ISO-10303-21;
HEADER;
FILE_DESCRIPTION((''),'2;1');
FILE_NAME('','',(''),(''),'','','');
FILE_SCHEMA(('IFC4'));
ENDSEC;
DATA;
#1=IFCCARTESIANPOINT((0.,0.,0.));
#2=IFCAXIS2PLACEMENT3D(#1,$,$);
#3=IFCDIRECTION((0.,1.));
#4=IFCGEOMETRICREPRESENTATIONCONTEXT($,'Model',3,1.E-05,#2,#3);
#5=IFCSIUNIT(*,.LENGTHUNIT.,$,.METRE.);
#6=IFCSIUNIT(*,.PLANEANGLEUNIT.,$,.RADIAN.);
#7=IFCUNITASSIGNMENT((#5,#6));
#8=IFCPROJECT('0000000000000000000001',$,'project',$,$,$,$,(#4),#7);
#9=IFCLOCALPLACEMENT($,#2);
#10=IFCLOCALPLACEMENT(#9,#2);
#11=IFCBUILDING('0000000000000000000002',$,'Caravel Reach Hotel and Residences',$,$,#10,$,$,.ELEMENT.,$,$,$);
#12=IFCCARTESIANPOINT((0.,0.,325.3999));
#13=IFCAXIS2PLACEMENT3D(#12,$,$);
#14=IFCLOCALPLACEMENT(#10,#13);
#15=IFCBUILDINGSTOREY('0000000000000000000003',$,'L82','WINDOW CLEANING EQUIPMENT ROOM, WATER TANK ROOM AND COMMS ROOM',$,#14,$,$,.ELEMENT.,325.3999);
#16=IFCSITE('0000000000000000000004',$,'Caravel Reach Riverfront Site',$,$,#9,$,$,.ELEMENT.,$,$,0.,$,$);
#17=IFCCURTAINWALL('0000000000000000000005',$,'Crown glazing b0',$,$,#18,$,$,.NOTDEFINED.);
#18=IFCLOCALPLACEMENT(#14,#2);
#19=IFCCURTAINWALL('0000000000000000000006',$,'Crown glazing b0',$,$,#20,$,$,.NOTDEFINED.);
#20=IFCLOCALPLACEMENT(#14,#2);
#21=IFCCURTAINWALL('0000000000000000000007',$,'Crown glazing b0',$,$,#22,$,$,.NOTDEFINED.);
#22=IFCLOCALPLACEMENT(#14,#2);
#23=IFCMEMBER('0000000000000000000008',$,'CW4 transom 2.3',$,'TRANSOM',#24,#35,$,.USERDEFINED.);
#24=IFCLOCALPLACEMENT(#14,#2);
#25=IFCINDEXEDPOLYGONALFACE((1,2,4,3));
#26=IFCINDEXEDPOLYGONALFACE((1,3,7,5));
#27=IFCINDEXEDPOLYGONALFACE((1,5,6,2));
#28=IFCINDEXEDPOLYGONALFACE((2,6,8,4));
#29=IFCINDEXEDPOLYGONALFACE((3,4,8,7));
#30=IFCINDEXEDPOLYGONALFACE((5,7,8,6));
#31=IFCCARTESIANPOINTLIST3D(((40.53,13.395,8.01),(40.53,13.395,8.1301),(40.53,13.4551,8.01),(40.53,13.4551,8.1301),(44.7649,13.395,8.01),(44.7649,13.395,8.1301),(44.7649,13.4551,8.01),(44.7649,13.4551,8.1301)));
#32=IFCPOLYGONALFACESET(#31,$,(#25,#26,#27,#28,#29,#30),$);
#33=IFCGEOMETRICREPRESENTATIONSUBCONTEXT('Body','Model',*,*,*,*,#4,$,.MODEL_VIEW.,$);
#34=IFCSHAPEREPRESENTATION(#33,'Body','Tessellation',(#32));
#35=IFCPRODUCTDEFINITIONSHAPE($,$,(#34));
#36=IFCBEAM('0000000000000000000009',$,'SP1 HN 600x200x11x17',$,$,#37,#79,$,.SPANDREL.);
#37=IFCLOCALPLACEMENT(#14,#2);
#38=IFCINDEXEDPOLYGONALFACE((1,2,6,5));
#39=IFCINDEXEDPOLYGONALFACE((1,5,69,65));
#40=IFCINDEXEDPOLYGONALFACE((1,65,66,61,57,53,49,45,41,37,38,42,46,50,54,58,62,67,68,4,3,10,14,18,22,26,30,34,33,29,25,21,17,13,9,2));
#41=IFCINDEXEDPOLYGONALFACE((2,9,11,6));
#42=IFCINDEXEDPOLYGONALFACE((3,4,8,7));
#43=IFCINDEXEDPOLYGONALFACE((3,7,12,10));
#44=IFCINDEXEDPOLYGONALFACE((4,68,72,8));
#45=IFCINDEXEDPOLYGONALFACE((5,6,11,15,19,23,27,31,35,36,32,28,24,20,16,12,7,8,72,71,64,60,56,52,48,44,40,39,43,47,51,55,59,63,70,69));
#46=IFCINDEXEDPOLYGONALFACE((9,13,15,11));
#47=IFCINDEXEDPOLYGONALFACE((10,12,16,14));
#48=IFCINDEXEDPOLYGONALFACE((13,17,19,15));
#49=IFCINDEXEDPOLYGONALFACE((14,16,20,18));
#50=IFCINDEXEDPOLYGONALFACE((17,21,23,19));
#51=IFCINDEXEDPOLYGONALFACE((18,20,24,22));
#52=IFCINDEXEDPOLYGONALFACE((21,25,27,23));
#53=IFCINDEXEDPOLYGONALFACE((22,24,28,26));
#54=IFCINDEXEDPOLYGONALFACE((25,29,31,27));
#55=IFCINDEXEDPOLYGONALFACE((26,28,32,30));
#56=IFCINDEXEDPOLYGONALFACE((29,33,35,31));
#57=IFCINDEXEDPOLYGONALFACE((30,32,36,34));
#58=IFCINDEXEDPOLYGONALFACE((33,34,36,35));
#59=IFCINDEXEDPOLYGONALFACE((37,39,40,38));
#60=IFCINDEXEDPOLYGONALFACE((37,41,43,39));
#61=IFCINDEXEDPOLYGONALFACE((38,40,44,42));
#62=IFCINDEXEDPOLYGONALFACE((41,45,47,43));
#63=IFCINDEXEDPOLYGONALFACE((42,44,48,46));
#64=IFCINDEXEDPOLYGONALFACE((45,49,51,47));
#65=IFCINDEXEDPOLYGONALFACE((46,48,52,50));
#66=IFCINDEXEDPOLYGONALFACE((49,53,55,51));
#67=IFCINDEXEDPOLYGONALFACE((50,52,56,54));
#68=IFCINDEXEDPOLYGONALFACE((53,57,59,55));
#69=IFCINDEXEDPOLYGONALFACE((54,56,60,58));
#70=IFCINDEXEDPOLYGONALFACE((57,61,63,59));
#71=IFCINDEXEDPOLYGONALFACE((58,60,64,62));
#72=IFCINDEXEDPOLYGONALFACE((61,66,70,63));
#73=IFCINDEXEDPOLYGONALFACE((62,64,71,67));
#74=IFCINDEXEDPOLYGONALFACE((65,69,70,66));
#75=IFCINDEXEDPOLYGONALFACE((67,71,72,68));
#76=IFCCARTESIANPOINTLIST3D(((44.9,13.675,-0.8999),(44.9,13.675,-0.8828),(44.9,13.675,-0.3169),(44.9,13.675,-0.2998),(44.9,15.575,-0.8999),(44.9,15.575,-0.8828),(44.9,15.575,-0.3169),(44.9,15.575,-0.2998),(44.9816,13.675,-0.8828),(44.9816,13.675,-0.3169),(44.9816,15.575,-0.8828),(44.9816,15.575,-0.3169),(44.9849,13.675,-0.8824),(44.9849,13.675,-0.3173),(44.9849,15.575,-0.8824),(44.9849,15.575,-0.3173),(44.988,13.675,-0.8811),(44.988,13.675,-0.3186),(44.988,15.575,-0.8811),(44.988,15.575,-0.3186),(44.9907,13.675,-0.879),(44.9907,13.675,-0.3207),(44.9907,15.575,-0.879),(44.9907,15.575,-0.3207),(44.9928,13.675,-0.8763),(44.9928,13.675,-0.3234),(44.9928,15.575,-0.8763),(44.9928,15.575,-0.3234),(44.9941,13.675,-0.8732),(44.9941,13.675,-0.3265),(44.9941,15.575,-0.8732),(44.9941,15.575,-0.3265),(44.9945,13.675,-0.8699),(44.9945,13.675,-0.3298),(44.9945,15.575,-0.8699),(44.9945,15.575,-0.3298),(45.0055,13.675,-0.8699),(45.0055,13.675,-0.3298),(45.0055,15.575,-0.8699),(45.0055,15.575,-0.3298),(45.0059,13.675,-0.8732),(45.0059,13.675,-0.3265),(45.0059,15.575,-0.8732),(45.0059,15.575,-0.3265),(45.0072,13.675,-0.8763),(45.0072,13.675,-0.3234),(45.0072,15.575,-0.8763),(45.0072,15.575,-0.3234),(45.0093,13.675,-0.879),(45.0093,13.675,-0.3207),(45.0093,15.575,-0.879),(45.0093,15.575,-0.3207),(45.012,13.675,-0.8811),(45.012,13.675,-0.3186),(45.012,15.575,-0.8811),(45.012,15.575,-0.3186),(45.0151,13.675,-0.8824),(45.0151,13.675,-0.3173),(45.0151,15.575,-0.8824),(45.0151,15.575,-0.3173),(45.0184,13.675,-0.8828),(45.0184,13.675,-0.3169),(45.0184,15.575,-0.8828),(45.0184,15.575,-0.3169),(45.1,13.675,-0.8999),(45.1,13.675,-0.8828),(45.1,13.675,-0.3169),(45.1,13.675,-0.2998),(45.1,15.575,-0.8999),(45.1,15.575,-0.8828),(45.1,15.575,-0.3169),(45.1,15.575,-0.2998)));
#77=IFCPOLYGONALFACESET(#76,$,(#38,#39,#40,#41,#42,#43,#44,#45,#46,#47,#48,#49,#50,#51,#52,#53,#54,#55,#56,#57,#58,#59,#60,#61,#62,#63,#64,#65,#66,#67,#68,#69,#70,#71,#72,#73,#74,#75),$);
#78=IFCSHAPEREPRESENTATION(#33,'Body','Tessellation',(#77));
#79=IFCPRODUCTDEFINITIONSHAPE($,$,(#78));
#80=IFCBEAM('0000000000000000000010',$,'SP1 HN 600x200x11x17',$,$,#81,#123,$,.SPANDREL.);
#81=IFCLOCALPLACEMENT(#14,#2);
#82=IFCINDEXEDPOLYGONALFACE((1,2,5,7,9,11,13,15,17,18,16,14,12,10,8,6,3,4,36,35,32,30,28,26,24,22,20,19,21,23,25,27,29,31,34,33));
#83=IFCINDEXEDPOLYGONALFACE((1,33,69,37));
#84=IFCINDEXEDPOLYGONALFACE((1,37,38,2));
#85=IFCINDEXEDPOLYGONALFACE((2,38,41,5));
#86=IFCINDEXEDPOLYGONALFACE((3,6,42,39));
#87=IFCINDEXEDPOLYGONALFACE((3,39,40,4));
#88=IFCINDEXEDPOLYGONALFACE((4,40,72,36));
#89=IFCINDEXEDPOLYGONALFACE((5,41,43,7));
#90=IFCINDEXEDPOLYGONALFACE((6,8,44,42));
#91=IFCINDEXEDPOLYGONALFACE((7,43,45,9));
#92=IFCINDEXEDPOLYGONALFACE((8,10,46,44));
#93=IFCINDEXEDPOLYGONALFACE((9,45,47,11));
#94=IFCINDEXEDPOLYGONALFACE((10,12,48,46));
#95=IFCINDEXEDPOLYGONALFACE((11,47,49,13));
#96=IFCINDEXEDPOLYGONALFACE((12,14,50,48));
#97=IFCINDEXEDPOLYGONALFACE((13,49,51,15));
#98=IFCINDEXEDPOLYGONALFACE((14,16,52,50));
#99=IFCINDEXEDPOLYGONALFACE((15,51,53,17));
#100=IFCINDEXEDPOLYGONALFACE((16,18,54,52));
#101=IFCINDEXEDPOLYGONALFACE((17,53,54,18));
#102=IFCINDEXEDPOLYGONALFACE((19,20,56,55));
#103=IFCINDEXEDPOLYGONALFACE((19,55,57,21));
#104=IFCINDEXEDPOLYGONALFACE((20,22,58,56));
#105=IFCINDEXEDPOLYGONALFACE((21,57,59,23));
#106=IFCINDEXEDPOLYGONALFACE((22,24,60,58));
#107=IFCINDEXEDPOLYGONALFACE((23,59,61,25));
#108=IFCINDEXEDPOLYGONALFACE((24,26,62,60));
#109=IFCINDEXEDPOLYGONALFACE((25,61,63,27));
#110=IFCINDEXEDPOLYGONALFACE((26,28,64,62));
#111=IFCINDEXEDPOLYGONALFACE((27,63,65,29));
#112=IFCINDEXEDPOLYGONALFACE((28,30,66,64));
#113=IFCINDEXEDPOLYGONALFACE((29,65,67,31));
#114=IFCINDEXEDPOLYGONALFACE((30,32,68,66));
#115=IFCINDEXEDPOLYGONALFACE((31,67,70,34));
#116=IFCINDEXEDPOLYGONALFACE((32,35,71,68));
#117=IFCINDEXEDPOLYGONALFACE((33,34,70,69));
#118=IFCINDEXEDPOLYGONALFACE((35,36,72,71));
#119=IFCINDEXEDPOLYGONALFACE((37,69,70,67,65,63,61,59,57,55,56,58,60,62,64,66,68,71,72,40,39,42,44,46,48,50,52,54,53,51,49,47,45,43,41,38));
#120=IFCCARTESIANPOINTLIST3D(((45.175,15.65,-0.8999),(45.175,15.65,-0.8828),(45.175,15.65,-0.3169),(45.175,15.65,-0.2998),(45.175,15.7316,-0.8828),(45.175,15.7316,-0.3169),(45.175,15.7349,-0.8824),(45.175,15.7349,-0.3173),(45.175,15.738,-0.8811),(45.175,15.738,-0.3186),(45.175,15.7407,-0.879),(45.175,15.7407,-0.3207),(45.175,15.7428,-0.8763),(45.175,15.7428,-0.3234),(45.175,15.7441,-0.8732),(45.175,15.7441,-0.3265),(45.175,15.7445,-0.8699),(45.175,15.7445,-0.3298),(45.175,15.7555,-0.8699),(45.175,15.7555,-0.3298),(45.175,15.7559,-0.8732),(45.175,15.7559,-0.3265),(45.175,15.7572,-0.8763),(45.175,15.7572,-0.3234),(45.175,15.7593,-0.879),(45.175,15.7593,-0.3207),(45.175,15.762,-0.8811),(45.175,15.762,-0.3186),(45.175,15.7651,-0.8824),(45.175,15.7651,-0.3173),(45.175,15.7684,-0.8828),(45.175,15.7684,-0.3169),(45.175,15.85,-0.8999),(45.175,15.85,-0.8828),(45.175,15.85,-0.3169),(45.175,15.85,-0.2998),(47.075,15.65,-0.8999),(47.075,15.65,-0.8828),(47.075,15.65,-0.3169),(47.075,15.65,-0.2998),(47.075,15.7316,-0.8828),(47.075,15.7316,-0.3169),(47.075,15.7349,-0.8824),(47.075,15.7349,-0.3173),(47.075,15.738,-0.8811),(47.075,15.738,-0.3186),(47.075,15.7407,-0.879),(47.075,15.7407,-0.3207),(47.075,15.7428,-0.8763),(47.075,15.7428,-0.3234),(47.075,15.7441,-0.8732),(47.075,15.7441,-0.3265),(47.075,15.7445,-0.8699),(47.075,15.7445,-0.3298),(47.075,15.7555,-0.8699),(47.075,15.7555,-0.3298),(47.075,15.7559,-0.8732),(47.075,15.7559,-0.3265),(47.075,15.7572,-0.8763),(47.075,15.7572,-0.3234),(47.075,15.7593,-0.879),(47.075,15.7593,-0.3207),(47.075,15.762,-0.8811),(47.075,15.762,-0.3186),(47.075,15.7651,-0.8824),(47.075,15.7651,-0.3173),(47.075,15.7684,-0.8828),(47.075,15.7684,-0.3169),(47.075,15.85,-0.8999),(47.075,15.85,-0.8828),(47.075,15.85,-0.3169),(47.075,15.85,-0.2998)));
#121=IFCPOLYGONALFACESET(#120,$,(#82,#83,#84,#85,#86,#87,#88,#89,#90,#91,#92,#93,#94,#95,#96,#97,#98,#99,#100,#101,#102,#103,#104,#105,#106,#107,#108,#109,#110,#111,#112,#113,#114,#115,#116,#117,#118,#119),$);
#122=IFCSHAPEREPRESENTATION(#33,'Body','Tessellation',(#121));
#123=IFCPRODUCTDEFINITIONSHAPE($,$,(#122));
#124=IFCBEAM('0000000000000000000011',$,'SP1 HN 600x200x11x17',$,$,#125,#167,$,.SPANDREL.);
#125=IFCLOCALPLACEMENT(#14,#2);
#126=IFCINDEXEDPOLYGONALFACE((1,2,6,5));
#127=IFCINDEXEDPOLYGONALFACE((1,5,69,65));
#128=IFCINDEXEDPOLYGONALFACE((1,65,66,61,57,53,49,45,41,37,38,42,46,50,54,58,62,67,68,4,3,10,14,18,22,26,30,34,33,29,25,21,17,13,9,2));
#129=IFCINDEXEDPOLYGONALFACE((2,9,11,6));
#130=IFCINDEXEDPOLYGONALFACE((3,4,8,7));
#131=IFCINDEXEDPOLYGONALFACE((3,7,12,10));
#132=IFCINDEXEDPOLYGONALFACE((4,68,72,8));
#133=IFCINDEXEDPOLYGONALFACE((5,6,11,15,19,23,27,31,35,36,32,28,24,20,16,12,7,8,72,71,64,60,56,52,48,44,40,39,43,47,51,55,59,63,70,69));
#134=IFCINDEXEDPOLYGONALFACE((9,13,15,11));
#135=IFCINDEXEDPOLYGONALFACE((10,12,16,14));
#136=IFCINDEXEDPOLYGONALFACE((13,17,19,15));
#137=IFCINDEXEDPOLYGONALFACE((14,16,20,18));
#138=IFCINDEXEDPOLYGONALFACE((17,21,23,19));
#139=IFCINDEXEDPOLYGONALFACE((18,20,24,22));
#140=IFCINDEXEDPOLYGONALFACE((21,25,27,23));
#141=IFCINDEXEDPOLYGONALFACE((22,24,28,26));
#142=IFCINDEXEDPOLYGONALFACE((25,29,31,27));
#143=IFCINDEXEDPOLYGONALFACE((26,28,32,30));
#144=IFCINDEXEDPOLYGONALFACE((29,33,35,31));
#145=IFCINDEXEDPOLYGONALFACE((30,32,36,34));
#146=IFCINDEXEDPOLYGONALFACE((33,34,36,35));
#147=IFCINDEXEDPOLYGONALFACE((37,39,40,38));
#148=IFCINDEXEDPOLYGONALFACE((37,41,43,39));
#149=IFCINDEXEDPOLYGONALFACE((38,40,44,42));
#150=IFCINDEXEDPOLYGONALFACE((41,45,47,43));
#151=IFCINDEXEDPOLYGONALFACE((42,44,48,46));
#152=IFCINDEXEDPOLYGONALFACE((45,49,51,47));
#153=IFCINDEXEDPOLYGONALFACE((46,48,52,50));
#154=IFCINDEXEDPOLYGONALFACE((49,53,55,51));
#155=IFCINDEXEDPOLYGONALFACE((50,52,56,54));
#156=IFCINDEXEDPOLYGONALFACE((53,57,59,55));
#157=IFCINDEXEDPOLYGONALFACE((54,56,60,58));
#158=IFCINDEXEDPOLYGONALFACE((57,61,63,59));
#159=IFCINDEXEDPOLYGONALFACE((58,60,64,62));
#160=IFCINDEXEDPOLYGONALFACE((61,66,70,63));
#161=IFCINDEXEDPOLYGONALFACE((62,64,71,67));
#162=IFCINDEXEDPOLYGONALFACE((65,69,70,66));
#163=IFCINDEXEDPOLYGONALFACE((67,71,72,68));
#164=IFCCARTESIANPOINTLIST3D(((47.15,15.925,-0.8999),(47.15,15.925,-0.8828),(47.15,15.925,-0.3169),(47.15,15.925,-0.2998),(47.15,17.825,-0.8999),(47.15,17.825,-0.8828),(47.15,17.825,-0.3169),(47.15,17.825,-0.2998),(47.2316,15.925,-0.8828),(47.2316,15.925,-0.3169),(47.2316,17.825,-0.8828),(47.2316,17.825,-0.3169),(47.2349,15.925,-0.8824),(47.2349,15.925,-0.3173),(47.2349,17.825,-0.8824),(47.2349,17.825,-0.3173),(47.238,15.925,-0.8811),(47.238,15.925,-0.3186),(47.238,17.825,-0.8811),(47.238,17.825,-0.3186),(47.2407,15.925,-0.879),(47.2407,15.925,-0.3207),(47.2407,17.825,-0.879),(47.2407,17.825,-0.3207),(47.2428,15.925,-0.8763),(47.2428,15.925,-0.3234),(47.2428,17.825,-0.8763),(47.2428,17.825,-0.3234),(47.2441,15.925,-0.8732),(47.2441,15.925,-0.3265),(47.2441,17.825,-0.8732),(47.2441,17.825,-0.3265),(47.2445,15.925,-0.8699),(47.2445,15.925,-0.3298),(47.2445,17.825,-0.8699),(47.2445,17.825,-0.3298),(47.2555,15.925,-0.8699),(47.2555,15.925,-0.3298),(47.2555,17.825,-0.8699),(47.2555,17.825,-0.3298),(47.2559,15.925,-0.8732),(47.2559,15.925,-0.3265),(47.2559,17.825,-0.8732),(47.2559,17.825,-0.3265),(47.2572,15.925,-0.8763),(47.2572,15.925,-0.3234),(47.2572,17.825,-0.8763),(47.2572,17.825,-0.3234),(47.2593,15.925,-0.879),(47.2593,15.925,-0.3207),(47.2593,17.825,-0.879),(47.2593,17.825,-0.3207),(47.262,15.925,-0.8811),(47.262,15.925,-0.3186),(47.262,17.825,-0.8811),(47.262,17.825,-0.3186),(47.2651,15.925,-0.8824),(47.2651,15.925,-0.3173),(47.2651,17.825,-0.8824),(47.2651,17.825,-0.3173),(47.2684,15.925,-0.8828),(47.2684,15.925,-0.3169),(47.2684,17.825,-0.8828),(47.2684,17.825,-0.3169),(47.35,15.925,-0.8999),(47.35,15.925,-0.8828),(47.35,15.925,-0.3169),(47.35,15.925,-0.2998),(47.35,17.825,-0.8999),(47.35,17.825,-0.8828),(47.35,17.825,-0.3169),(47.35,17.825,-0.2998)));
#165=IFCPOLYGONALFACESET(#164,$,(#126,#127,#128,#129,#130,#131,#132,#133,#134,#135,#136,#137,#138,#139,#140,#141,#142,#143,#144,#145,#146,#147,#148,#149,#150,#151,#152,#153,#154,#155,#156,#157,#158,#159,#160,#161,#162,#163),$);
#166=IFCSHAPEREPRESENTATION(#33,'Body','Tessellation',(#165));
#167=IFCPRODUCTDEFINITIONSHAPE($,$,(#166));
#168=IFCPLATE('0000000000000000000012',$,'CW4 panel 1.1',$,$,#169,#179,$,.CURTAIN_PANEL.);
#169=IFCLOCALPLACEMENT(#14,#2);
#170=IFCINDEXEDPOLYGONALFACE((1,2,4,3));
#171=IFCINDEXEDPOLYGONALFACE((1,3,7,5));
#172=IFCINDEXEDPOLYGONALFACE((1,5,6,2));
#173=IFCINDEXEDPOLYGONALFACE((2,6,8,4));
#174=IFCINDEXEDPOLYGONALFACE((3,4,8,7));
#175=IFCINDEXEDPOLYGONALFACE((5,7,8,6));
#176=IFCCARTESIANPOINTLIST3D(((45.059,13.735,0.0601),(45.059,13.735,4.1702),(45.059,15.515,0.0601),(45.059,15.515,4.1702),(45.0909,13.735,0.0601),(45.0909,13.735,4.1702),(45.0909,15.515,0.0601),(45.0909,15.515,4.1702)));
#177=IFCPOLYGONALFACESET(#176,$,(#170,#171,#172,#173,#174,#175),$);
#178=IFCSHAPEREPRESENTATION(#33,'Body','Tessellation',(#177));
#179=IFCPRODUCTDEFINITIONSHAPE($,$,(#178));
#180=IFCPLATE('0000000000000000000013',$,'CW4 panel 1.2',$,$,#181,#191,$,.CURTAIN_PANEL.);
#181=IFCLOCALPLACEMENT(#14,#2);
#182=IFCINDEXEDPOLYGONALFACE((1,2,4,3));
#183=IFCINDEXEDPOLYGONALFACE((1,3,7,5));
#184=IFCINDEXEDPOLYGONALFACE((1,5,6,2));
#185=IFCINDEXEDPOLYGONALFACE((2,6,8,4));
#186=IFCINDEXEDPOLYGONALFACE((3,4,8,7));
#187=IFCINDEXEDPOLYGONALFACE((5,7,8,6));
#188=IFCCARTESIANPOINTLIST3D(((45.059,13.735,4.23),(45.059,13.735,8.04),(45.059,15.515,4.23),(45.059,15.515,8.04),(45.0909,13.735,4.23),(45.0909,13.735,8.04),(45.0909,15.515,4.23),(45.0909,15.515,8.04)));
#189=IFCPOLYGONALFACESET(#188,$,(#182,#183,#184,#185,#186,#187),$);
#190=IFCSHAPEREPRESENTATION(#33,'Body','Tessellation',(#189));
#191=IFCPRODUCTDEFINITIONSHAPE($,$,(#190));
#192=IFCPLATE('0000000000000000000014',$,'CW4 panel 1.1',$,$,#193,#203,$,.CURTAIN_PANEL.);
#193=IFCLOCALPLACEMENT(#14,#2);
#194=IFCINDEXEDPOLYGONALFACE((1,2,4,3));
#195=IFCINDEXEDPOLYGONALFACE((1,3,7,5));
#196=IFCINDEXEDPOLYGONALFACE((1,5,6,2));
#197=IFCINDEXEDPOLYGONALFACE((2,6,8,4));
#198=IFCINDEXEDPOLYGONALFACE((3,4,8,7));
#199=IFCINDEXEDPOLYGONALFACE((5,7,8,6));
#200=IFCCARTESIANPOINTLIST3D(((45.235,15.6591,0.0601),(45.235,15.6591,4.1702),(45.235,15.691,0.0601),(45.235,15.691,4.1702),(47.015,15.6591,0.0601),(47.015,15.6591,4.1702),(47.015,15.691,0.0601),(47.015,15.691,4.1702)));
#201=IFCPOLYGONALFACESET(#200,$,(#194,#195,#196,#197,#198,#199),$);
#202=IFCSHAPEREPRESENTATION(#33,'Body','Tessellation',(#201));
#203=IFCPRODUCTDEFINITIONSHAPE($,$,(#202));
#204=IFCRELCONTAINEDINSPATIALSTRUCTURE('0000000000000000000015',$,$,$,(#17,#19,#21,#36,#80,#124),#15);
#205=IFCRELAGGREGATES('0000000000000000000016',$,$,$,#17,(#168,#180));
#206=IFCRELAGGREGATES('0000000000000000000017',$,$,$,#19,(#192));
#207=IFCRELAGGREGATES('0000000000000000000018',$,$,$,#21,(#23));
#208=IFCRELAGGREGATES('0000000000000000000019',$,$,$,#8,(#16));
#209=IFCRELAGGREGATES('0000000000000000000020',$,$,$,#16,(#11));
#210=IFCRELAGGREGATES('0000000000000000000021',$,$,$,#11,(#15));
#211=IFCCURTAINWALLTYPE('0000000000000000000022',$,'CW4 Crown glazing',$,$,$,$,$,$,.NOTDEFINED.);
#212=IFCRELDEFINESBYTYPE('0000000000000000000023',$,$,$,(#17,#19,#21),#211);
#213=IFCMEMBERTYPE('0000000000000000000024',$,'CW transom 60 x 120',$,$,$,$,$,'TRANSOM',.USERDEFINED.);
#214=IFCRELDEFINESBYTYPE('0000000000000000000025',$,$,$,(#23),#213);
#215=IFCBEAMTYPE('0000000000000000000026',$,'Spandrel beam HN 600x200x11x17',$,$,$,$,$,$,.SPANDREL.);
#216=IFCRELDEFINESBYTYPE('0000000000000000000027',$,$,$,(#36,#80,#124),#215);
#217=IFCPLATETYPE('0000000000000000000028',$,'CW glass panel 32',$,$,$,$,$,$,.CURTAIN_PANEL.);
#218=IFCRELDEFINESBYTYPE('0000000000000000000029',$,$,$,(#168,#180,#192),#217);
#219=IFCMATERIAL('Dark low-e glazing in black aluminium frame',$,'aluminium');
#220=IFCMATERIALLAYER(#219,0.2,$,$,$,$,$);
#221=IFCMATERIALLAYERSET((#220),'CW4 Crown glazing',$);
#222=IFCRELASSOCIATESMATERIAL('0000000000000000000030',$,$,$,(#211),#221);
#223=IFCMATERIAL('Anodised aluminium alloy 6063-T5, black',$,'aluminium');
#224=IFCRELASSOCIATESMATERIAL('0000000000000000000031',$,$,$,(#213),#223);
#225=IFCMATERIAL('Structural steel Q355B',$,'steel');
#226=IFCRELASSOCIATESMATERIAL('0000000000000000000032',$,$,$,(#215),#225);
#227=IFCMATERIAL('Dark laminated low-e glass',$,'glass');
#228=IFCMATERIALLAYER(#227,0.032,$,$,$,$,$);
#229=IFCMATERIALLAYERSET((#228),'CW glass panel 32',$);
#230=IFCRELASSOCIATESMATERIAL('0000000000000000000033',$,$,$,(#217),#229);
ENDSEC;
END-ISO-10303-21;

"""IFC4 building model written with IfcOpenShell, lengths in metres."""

from ifc_helpers import new_model, si_unit, direction, frame, origin, origin_2d, place, context, subcontext, project, spatial, rectangle, i_section, extrude, material, layer, layer_set, material_profile, profile_set, type_object, element, aggregate, save


model = new_model("IFC4")

# Units and contexts
model_context = context("Model", 3, precision=1e-05, world=origin(), true_north=direction((0.0, 1.0)))
body_context = subcontext(model_context, "Body", "Model", "MODEL_VIEW")
ifc_project = project(units=[si_unit("LENGTHUNIT", "METRE"), si_unit("PLANEANGLEUNIT", "RADIAN")], contexts=[model_context])

# Site, building, storey
site_placement = place(None, origin())
site = spatial("IfcSite", under=ifc_project, at=site_placement, Name="Caravel Reach Riverfront Site", CompositionType="ELEMENT", RefElevation=0.0)
building_placement = place(site_placement, origin())
building = spatial("IfcBuilding", under=site, at=building_placement, Name="Caravel Reach Hotel and Residences", CompositionType="ELEMENT")
storey_placement = place(building_placement, frame((0.0, 0.0, 325.3999)))
storey = spatial("IfcBuildingStorey", under=building, at=storey_placement, Name="L82", Description="WINDOW CLEANING EQUIPMENT ROOM, WATER TANK ROOM AND COMMS ROOM", CompositionType="ELEMENT", Elevation=325.3999)

# Curtain walls
ifc_material_1 = material(Name="Dark low-e glazing in black aluminium frame", Category="aluminium")
ifc_layer_1 = layer(ifc_material_1, 0.2)
ifc_layer_set_1 = layer_set([ifc_layer_1], Name="CW4 Crown glazing")
curtain_wall_type = type_object("IfcCurtainWallType", Name="CW4 Crown glazing", PredefinedType="NOTDEFINED", material=ifc_layer_set_1)
curtain_wall_1_placement = place(storey_placement, origin())
curtain_wall_1 = element("IfcCurtainWall", 1, at=curtain_wall_1_placement, inside=storey, type_object=curtain_wall_type, Name="Crown glazing b0", PredefinedType="NOTDEFINED")
curtain_wall_2_placement = place(storey_placement, origin())
curtain_wall_2 = element("IfcCurtainWall", 2, at=curtain_wall_2_placement, inside=storey, type_object=curtain_wall_type, Name="Crown glazing b0", PredefinedType="NOTDEFINED")

# Curtain wall
curtain_wall_3_placement = place(storey_placement, origin())
curtain_wall_3 = element("IfcCurtainWall", 3, at=curtain_wall_3_placement, inside=storey, type_object=curtain_wall_type, Name="Crown glazing b0", PredefinedType="NOTDEFINED")

# Member
ifc_material_2 = material(Name="Anodised aluminium alloy 6063-T5, black", Category="aluminium")
ifc_material_profile_1 = material_profile(ifc_material_2, rectangle(XDim=0.0601, YDim=0.1201, at=origin_2d()), Name="CW transom 60 x 120")
ifc_profile_set_1 = profile_set([ifc_material_profile_1], Name="Anodised aluminium alloy 6063-T5, black")
member_type_1 = type_object("IfcMemberType", Name="CW transom 60 x 120", ElementType="TRANSOM", PredefinedType="USERDEFINED", material=ifc_profile_set_1)
member_1_placement = place(storey_placement, frame((40.53, 13.425, 8.0701), z_axis=(1.0, 0.0, 0.0), x_axis=(0.0, 1.0, 0.0)))
member_1 = element("IfcMember", 4, at=member_1_placement, type_object=member_type_1, Name="CW4 transom 2.3", ObjectType="TRANSOM", PredefinedType="USERDEFINED", context=body_context, shape_type="SweptSolid", body=[
    extrude(rectangle(XDim=0.0601, YDim=0.1201, at=origin_2d()), origin(), (0.0, 0.0, 1.0), 4.2349),
])

# Beams
ifc_material_3 = material(Name="Structural steel Q355B", Category="steel")
ifc_material_profile_2 = material_profile(ifc_material_3, i_section(OverallWidth=0.2, OverallDepth=0.6001, WebThickness=0.011, FlangeThickness=0.0171, FilletRadius=0.0129, at=origin_2d()), Name="HN 600x200x11x17")
ifc_profile_set_2 = profile_set([ifc_material_profile_2], Name="Structural steel Q355B")
beam_type = type_object("IfcBeamType", Name="Spandrel beam HN 600x200x11x17", PredefinedType="SPANDREL", material=ifc_profile_set_2)
for number, where, z_axis, x_axis, name in (
    (5, (45.0, 13.675, -0.5999), (0.0, 1.0, 0.0), (-1.0, 0.0, 0.0), "SP1 HN 600x200x11x17"),
    (6, (45.175, 15.75, -0.5999), (1.0, 0.0, 0.0), (0.0, 1.0, 0.0), "SP1 HN 600x200x11x17"),
    (7, (47.25, 15.925, -0.5999), (0.0, 1.0, 0.0), (-1.0, 0.0, 0.0), "SP1 HN 600x200x11x17"),
):
    element("IfcBeam", number, at=place(storey_placement, frame(where, z_axis=z_axis, x_axis=x_axis)), inside=storey, type_object=beam_type, Name=name, PredefinedType="SPANDREL", context=body_context, shape_type="SweptSolid", body=[
        extrude(i_section(OverallWidth=0.2, OverallDepth=0.6001, WebThickness=0.011, FlangeThickness=0.0171, FilletRadius=0.0129, at=origin_2d()), origin(), (0.0, 0.0, 1.0), 1.8999),
    ])

# Plates
ifc_material_4 = material(Name="Dark laminated low-e glass", Category="glass")
ifc_layer_2 = layer(ifc_material_4, 0.032)
ifc_layer_set_2 = layer_set([ifc_layer_2], Name="CW glass panel 32")
plate_type = type_object("IfcPlateType", Name="CW glass panel 32", PredefinedType="CURTAIN_PANEL", material=ifc_layer_set_2)
plate_1_placement = place(storey_placement, frame((45.075, 14.625, 0.0601), z_axis=(0.0, 0.0, 1.0), x_axis=(0.0, 1.0, 0.0)))
plate_1 = element("IfcPlate", 8, at=plate_1_placement, type_object=plate_type, Name="CW4 panel 1.1", PredefinedType="CURTAIN_PANEL", context=body_context, shape_type="SweptSolid", body=[
    extrude(rectangle(XDim=1.78, YDim=0.032, at=origin_2d()), origin(), (0.0, 0.0, 1.0), 4.1101),
])
plate_2_placement = place(storey_placement, frame((45.075, 14.625, 4.23), z_axis=(0.0, 0.0, 1.0), x_axis=(0.0, 1.0, 0.0)))
plate_2 = element("IfcPlate", 9, at=plate_2_placement, type_object=plate_type, Name="CW4 panel 1.2", PredefinedType="CURTAIN_PANEL", context=body_context, shape_type="SweptSolid", body=[
    extrude(rectangle(XDim=1.78, YDim=0.032, at=origin_2d()), origin(), (0.0, 0.0, 1.0), 3.8101),
])
aggregate(curtain_wall_1, [plate_1, plate_2])
plate_3_placement = place(storey_placement, frame((46.125, 15.675, 0.0601), z_axis=(0.0, 0.0, 1.0), x_axis=(1.0, 0.0, 0.0)))
plate_3 = element("IfcPlate", 10, at=plate_3_placement, type_object=plate_type, Name="CW4 panel 1.1", PredefinedType="CURTAIN_PANEL", context=body_context, shape_type="SweptSolid", body=[
    extrude(rectangle(XDim=1.78, YDim=0.032, at=origin_2d()), origin(), (0.0, 0.0, 1.0), 4.1101),
])
aggregate(curtain_wall_2, [plate_3])
aggregate(curtain_wall_3, [member_1])

save(model, "model.ifc")
